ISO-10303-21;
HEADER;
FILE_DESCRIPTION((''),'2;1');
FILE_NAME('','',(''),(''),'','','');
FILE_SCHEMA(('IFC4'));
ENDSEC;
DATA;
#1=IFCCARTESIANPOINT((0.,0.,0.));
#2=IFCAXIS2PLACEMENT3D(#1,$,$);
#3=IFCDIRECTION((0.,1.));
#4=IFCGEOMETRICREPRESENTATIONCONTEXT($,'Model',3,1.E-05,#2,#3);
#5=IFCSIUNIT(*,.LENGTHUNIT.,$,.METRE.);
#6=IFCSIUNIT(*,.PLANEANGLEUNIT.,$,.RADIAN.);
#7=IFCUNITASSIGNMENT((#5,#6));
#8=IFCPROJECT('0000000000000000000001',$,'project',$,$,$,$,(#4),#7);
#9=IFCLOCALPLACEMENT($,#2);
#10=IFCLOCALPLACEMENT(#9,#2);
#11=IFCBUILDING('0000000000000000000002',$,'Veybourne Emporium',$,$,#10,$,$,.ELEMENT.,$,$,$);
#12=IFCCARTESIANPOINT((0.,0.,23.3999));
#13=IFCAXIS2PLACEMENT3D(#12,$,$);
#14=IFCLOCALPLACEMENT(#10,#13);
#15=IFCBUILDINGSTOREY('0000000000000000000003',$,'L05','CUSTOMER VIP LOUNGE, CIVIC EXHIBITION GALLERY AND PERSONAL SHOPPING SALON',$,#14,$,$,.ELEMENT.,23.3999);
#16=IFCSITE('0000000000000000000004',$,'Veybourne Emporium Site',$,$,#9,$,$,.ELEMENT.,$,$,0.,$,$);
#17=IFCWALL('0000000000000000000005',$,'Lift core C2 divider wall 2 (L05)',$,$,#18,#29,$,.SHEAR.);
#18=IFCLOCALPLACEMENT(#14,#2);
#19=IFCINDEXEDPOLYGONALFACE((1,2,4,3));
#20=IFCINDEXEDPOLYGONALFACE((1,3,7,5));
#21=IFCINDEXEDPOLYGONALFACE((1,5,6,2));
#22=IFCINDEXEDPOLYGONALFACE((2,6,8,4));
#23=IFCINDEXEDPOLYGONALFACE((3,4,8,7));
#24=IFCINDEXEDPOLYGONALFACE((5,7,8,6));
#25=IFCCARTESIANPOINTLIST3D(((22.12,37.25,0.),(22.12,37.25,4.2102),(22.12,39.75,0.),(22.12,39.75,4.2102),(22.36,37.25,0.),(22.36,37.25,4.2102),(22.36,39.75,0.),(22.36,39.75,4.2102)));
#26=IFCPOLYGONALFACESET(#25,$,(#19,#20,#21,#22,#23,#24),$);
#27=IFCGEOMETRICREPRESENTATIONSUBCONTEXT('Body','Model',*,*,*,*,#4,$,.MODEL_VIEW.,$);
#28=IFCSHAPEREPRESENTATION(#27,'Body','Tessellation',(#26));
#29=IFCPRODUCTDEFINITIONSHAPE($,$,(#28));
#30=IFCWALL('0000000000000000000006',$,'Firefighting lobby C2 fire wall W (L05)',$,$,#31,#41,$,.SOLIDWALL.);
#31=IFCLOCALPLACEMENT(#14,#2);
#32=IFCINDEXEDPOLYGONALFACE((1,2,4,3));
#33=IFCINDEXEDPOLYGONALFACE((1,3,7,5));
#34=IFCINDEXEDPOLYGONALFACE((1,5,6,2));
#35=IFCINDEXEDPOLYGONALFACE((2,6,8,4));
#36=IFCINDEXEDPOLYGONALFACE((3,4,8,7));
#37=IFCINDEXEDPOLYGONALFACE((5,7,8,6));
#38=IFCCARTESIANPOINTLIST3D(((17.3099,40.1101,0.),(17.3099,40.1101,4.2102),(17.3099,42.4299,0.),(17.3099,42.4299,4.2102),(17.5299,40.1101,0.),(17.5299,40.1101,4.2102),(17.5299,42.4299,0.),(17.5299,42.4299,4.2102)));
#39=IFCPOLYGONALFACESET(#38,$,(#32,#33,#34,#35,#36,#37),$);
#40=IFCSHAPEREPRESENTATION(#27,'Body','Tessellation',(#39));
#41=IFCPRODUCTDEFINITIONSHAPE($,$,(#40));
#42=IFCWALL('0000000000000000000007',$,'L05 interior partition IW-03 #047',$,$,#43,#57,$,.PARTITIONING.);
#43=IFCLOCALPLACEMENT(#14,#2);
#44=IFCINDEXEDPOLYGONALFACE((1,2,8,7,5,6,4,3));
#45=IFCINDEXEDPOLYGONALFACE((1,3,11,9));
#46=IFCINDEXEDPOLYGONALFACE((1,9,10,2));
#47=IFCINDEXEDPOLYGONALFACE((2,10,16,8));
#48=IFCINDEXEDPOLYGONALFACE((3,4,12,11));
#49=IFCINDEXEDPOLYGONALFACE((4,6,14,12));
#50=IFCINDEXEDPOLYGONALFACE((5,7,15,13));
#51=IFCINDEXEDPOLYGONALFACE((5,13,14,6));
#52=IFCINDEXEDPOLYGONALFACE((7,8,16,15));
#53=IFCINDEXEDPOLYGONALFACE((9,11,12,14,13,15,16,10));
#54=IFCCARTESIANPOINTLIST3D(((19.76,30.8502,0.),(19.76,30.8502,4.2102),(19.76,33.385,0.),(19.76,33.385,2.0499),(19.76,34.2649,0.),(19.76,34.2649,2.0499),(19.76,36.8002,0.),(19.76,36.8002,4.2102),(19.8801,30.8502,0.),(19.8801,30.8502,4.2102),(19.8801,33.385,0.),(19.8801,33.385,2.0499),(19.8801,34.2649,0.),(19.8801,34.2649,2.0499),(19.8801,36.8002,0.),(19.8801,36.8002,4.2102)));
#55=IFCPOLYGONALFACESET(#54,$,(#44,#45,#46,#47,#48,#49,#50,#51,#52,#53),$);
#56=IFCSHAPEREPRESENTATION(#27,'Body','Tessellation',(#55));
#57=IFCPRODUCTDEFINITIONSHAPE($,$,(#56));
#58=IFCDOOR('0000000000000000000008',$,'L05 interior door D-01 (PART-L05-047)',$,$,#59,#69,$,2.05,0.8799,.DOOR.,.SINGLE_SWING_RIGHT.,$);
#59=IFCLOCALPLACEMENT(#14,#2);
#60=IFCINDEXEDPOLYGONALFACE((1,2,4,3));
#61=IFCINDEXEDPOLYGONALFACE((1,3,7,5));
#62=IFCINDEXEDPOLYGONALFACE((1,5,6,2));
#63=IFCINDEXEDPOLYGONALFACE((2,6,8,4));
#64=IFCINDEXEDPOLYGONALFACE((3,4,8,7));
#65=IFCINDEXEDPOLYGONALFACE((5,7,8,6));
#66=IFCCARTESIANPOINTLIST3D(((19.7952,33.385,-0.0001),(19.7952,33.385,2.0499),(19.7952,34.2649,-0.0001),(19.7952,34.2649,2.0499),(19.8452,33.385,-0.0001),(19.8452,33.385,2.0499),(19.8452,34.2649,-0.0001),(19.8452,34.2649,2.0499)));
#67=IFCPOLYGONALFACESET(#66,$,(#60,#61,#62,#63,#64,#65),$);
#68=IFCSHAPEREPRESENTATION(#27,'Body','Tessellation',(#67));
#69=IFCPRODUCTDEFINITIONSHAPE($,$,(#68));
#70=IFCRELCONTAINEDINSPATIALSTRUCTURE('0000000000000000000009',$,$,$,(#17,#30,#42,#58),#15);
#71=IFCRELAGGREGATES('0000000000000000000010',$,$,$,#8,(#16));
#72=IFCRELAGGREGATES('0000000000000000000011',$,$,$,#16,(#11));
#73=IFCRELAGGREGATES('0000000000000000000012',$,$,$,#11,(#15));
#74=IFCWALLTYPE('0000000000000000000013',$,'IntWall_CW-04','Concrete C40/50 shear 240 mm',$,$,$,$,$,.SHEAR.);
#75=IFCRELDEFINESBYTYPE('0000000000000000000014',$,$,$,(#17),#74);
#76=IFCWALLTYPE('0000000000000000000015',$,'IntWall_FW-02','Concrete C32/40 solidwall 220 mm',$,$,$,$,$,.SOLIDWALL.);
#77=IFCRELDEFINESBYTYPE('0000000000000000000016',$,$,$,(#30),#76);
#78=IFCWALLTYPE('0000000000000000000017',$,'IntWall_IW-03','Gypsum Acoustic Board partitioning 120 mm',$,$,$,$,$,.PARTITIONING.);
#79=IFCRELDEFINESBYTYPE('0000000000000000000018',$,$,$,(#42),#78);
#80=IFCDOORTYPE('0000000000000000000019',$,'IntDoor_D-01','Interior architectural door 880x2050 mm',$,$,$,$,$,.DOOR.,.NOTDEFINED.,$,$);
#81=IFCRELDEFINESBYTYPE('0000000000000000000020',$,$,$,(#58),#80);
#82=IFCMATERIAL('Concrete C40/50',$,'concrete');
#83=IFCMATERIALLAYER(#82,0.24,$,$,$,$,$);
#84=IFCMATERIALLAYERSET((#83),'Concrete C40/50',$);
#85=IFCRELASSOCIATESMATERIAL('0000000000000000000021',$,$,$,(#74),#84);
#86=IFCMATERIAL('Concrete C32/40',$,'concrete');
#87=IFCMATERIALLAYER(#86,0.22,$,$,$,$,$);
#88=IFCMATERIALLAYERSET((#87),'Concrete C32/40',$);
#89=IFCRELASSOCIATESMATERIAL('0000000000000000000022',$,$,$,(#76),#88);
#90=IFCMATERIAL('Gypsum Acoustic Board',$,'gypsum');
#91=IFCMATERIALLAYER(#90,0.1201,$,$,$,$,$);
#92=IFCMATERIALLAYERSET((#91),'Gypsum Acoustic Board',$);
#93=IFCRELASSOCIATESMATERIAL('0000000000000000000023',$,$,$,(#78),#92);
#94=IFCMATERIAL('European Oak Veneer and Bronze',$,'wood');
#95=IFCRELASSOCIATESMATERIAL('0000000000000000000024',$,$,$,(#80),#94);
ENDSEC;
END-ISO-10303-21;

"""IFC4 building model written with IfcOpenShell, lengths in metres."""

from ifc_helpers import new_model, si_unit, direction, frame, frame_2d, origin, place, context, subcontext, project, spatial, rectangle, extrude, material, layer, layer_set, type_object, element, fill, save


model = new_model("IFC4")

# Units and contexts
model_context = context("Model", 3, precision=1e-05, world=origin(), true_north=direction((0.0, 1.0)))
body_context = subcontext(model_context, "Body", "Model", "MODEL_VIEW")
ifc_project = project(units=[si_unit("LENGTHUNIT", "METRE"), si_unit("PLANEANGLEUNIT", "RADIAN")], contexts=[model_context])

# Site, building, storey
site_placement = place(None, origin())
site = spatial("IfcSite", under=ifc_project, at=site_placement, Name="Veybourne Emporium Site", CompositionType="ELEMENT", RefElevation=0.0)
building_placement = place(site_placement, origin())
building = spatial("IfcBuilding", under=site, at=building_placement, Name="Veybourne Emporium", CompositionType="ELEMENT")
storey_placement = place(building_placement, frame((0.0, 0.0, 23.3999)))
storey = spatial("IfcBuildingStorey", under=building, at=storey_placement, Name="L05", Description="CUSTOMER VIP LOUNGE, CIVIC EXHIBITION GALLERY AND PERSONAL SHOPPING SALON", CompositionType="ELEMENT", Elevation=23.3999)

# Shared definitions
ifc_material_1 = material(Name="Concrete C40/50", Category="concrete")

# Shared definitions
ifc_material_2 = material(Name="Concrete C32/40", Category="concrete")

# Shared definitions
ifc_layer_1 = layer(ifc_material_1, 0.24)
ifc_layer_set_1 = layer_set([ifc_layer_1], Name="Concrete C40/50")
wall_type_1 = type_object("IfcWallType", Name="IntWall_CW-04", Description="Concrete C40/50 shear 240 mm", PredefinedType="SHEAR", material=ifc_layer_set_1)

# Walls
for number, where, z_axis, x_axis, name in (
    (1, (22.24, 37.25, 0.0), (0.0, 0.0, 1.0), (0.0, 1.0, 0.0), "Lift core C2 divider wall 2 (L05)"),
):
    element("IfcWall", number, at=place(storey_placement, frame(where, z_axis=z_axis, x_axis=x_axis)), inside=storey, type_object=wall_type_1, Name=name, PredefinedType="SHEAR", context=body_context, shape_type="SweptSolid", body=[
        extrude(rectangle(XDim=2.5, YDim=0.24, at=frame_2d((1.25, 0.0))), origin(), (0.0, 0.0, 1.0), 4.2102),
    ])
ifc_layer_2 = layer(ifc_material_2, 0.22)
ifc_layer_set_2 = layer_set([ifc_layer_2], Name="Concrete C32/40")
wall_type_2 = type_object("IfcWallType", Name="IntWall_FW-02", Description="Concrete C32/40 solidwall 220 mm", PredefinedType="SOLIDWALL", material=ifc_layer_set_2)
wall_1_placement = place(storey_placement, frame((17.4199, 40.1101, 0.0), z_axis=(0.0, 0.0, 1.0), x_axis=(0.0, 1.0, 0.0)))
element("IfcWall", 2, at=wall_1_placement, inside=storey, type_object=wall_type_2, Name="Firefighting lobby C2 fire wall W (L05)", PredefinedType="SOLIDWALL", context=body_context, shape_type="SweptSolid", body=[
    extrude(rectangle(XDim=2.3198, YDim=0.22, at=frame_2d((1.1599, 0.0))), origin(), (0.0, 0.0, 1.0), 4.2102),
])

# Wall, opening, door
ifc_material_3 = material(Name="Gypsum Acoustic Board", Category="gypsum")
ifc_layer_3 = layer(ifc_material_3, 0.1201)
ifc_layer_set_3 = layer_set([ifc_layer_3], Name="Gypsum Acoustic Board")
wall_type_3 = type_object("IfcWallType", Name="IntWall_IW-03", Description="Gypsum Acoustic Board partitioning 120 mm", PredefinedType="PARTITIONING", material=ifc_layer_set_3)
wall_2_placement = place(storey_placement, frame((19.8201, 30.8501, 0.0), z_axis=(0.0, 0.0, 1.0), x_axis=(0.0, 1.0, 0.0)))
wall_2 = element("IfcWall", 3, at=wall_2_placement, inside=storey, type_object=wall_type_3, Name="L05 interior partition IW-03 #047", PredefinedType="PARTITIONING", context=body_context, shape_type="SweptSolid", body=[
    extrude(rectangle(XDim=5.95, YDim=0.1201, at=frame_2d((2.9751, 0.0))), origin(), (0.0, 0.0, 1.0), 4.2102),
])
opening_1_placement = place(wall_2_placement, frame((2.5349, 0.0, 0.0)))
opening_1 = element("IfcOpeningElement", 4, at=opening_1_placement, cuts=wall_2, PredefinedType="OPENING", context=body_context, shape_type="SweptSolid", body=[
    extrude(rectangle(XDim=0.8799, YDim=2.05, at=frame_2d((0.4399, 1.0249))), frame((0.0, 0.0801, 0.0), z_axis=(0.0, -1.0, 0.0), x_axis=(1.0, 0.0, 0.0)), (0.0, 0.0, 1.0), 0.1602),
])
ifc_material_4 = material(Name="European Oak Veneer and Bronze", Category="wood")
door_type_1 = type_object("IfcDoorType", Name="IntDoor_D-01", Description="Interior architectural door 880x2050 mm", OperationType="NOTDEFINED", PredefinedType="DOOR", material=ifc_material_4)
door_1_placement = place(opening_1_placement, origin())
door_1 = element("IfcDoor", 5, at=door_1_placement, inside=storey, type_object=door_type_1, Name="L05 interior door D-01 (PART-L05-047)", OperationType="SINGLE_SWING_RIGHT", OverallHeight=2.05, OverallWidth=0.8799, PredefinedType="DOOR", context=body_context, shape_type="SweptSolid", body=[
    extrude(rectangle(XDim=0.8799, YDim=2.05, at=frame_2d((0.4399, 1.0249))), frame((0.0, 0.0249, 0.0), z_axis=(0.0, -1.0, 0.0), x_axis=(1.0, 0.0, 0.0)), (0.0, 0.0, 1.0), 0.05),
])
fill(opening_1, door_1)

save(model, "model.ifc")
